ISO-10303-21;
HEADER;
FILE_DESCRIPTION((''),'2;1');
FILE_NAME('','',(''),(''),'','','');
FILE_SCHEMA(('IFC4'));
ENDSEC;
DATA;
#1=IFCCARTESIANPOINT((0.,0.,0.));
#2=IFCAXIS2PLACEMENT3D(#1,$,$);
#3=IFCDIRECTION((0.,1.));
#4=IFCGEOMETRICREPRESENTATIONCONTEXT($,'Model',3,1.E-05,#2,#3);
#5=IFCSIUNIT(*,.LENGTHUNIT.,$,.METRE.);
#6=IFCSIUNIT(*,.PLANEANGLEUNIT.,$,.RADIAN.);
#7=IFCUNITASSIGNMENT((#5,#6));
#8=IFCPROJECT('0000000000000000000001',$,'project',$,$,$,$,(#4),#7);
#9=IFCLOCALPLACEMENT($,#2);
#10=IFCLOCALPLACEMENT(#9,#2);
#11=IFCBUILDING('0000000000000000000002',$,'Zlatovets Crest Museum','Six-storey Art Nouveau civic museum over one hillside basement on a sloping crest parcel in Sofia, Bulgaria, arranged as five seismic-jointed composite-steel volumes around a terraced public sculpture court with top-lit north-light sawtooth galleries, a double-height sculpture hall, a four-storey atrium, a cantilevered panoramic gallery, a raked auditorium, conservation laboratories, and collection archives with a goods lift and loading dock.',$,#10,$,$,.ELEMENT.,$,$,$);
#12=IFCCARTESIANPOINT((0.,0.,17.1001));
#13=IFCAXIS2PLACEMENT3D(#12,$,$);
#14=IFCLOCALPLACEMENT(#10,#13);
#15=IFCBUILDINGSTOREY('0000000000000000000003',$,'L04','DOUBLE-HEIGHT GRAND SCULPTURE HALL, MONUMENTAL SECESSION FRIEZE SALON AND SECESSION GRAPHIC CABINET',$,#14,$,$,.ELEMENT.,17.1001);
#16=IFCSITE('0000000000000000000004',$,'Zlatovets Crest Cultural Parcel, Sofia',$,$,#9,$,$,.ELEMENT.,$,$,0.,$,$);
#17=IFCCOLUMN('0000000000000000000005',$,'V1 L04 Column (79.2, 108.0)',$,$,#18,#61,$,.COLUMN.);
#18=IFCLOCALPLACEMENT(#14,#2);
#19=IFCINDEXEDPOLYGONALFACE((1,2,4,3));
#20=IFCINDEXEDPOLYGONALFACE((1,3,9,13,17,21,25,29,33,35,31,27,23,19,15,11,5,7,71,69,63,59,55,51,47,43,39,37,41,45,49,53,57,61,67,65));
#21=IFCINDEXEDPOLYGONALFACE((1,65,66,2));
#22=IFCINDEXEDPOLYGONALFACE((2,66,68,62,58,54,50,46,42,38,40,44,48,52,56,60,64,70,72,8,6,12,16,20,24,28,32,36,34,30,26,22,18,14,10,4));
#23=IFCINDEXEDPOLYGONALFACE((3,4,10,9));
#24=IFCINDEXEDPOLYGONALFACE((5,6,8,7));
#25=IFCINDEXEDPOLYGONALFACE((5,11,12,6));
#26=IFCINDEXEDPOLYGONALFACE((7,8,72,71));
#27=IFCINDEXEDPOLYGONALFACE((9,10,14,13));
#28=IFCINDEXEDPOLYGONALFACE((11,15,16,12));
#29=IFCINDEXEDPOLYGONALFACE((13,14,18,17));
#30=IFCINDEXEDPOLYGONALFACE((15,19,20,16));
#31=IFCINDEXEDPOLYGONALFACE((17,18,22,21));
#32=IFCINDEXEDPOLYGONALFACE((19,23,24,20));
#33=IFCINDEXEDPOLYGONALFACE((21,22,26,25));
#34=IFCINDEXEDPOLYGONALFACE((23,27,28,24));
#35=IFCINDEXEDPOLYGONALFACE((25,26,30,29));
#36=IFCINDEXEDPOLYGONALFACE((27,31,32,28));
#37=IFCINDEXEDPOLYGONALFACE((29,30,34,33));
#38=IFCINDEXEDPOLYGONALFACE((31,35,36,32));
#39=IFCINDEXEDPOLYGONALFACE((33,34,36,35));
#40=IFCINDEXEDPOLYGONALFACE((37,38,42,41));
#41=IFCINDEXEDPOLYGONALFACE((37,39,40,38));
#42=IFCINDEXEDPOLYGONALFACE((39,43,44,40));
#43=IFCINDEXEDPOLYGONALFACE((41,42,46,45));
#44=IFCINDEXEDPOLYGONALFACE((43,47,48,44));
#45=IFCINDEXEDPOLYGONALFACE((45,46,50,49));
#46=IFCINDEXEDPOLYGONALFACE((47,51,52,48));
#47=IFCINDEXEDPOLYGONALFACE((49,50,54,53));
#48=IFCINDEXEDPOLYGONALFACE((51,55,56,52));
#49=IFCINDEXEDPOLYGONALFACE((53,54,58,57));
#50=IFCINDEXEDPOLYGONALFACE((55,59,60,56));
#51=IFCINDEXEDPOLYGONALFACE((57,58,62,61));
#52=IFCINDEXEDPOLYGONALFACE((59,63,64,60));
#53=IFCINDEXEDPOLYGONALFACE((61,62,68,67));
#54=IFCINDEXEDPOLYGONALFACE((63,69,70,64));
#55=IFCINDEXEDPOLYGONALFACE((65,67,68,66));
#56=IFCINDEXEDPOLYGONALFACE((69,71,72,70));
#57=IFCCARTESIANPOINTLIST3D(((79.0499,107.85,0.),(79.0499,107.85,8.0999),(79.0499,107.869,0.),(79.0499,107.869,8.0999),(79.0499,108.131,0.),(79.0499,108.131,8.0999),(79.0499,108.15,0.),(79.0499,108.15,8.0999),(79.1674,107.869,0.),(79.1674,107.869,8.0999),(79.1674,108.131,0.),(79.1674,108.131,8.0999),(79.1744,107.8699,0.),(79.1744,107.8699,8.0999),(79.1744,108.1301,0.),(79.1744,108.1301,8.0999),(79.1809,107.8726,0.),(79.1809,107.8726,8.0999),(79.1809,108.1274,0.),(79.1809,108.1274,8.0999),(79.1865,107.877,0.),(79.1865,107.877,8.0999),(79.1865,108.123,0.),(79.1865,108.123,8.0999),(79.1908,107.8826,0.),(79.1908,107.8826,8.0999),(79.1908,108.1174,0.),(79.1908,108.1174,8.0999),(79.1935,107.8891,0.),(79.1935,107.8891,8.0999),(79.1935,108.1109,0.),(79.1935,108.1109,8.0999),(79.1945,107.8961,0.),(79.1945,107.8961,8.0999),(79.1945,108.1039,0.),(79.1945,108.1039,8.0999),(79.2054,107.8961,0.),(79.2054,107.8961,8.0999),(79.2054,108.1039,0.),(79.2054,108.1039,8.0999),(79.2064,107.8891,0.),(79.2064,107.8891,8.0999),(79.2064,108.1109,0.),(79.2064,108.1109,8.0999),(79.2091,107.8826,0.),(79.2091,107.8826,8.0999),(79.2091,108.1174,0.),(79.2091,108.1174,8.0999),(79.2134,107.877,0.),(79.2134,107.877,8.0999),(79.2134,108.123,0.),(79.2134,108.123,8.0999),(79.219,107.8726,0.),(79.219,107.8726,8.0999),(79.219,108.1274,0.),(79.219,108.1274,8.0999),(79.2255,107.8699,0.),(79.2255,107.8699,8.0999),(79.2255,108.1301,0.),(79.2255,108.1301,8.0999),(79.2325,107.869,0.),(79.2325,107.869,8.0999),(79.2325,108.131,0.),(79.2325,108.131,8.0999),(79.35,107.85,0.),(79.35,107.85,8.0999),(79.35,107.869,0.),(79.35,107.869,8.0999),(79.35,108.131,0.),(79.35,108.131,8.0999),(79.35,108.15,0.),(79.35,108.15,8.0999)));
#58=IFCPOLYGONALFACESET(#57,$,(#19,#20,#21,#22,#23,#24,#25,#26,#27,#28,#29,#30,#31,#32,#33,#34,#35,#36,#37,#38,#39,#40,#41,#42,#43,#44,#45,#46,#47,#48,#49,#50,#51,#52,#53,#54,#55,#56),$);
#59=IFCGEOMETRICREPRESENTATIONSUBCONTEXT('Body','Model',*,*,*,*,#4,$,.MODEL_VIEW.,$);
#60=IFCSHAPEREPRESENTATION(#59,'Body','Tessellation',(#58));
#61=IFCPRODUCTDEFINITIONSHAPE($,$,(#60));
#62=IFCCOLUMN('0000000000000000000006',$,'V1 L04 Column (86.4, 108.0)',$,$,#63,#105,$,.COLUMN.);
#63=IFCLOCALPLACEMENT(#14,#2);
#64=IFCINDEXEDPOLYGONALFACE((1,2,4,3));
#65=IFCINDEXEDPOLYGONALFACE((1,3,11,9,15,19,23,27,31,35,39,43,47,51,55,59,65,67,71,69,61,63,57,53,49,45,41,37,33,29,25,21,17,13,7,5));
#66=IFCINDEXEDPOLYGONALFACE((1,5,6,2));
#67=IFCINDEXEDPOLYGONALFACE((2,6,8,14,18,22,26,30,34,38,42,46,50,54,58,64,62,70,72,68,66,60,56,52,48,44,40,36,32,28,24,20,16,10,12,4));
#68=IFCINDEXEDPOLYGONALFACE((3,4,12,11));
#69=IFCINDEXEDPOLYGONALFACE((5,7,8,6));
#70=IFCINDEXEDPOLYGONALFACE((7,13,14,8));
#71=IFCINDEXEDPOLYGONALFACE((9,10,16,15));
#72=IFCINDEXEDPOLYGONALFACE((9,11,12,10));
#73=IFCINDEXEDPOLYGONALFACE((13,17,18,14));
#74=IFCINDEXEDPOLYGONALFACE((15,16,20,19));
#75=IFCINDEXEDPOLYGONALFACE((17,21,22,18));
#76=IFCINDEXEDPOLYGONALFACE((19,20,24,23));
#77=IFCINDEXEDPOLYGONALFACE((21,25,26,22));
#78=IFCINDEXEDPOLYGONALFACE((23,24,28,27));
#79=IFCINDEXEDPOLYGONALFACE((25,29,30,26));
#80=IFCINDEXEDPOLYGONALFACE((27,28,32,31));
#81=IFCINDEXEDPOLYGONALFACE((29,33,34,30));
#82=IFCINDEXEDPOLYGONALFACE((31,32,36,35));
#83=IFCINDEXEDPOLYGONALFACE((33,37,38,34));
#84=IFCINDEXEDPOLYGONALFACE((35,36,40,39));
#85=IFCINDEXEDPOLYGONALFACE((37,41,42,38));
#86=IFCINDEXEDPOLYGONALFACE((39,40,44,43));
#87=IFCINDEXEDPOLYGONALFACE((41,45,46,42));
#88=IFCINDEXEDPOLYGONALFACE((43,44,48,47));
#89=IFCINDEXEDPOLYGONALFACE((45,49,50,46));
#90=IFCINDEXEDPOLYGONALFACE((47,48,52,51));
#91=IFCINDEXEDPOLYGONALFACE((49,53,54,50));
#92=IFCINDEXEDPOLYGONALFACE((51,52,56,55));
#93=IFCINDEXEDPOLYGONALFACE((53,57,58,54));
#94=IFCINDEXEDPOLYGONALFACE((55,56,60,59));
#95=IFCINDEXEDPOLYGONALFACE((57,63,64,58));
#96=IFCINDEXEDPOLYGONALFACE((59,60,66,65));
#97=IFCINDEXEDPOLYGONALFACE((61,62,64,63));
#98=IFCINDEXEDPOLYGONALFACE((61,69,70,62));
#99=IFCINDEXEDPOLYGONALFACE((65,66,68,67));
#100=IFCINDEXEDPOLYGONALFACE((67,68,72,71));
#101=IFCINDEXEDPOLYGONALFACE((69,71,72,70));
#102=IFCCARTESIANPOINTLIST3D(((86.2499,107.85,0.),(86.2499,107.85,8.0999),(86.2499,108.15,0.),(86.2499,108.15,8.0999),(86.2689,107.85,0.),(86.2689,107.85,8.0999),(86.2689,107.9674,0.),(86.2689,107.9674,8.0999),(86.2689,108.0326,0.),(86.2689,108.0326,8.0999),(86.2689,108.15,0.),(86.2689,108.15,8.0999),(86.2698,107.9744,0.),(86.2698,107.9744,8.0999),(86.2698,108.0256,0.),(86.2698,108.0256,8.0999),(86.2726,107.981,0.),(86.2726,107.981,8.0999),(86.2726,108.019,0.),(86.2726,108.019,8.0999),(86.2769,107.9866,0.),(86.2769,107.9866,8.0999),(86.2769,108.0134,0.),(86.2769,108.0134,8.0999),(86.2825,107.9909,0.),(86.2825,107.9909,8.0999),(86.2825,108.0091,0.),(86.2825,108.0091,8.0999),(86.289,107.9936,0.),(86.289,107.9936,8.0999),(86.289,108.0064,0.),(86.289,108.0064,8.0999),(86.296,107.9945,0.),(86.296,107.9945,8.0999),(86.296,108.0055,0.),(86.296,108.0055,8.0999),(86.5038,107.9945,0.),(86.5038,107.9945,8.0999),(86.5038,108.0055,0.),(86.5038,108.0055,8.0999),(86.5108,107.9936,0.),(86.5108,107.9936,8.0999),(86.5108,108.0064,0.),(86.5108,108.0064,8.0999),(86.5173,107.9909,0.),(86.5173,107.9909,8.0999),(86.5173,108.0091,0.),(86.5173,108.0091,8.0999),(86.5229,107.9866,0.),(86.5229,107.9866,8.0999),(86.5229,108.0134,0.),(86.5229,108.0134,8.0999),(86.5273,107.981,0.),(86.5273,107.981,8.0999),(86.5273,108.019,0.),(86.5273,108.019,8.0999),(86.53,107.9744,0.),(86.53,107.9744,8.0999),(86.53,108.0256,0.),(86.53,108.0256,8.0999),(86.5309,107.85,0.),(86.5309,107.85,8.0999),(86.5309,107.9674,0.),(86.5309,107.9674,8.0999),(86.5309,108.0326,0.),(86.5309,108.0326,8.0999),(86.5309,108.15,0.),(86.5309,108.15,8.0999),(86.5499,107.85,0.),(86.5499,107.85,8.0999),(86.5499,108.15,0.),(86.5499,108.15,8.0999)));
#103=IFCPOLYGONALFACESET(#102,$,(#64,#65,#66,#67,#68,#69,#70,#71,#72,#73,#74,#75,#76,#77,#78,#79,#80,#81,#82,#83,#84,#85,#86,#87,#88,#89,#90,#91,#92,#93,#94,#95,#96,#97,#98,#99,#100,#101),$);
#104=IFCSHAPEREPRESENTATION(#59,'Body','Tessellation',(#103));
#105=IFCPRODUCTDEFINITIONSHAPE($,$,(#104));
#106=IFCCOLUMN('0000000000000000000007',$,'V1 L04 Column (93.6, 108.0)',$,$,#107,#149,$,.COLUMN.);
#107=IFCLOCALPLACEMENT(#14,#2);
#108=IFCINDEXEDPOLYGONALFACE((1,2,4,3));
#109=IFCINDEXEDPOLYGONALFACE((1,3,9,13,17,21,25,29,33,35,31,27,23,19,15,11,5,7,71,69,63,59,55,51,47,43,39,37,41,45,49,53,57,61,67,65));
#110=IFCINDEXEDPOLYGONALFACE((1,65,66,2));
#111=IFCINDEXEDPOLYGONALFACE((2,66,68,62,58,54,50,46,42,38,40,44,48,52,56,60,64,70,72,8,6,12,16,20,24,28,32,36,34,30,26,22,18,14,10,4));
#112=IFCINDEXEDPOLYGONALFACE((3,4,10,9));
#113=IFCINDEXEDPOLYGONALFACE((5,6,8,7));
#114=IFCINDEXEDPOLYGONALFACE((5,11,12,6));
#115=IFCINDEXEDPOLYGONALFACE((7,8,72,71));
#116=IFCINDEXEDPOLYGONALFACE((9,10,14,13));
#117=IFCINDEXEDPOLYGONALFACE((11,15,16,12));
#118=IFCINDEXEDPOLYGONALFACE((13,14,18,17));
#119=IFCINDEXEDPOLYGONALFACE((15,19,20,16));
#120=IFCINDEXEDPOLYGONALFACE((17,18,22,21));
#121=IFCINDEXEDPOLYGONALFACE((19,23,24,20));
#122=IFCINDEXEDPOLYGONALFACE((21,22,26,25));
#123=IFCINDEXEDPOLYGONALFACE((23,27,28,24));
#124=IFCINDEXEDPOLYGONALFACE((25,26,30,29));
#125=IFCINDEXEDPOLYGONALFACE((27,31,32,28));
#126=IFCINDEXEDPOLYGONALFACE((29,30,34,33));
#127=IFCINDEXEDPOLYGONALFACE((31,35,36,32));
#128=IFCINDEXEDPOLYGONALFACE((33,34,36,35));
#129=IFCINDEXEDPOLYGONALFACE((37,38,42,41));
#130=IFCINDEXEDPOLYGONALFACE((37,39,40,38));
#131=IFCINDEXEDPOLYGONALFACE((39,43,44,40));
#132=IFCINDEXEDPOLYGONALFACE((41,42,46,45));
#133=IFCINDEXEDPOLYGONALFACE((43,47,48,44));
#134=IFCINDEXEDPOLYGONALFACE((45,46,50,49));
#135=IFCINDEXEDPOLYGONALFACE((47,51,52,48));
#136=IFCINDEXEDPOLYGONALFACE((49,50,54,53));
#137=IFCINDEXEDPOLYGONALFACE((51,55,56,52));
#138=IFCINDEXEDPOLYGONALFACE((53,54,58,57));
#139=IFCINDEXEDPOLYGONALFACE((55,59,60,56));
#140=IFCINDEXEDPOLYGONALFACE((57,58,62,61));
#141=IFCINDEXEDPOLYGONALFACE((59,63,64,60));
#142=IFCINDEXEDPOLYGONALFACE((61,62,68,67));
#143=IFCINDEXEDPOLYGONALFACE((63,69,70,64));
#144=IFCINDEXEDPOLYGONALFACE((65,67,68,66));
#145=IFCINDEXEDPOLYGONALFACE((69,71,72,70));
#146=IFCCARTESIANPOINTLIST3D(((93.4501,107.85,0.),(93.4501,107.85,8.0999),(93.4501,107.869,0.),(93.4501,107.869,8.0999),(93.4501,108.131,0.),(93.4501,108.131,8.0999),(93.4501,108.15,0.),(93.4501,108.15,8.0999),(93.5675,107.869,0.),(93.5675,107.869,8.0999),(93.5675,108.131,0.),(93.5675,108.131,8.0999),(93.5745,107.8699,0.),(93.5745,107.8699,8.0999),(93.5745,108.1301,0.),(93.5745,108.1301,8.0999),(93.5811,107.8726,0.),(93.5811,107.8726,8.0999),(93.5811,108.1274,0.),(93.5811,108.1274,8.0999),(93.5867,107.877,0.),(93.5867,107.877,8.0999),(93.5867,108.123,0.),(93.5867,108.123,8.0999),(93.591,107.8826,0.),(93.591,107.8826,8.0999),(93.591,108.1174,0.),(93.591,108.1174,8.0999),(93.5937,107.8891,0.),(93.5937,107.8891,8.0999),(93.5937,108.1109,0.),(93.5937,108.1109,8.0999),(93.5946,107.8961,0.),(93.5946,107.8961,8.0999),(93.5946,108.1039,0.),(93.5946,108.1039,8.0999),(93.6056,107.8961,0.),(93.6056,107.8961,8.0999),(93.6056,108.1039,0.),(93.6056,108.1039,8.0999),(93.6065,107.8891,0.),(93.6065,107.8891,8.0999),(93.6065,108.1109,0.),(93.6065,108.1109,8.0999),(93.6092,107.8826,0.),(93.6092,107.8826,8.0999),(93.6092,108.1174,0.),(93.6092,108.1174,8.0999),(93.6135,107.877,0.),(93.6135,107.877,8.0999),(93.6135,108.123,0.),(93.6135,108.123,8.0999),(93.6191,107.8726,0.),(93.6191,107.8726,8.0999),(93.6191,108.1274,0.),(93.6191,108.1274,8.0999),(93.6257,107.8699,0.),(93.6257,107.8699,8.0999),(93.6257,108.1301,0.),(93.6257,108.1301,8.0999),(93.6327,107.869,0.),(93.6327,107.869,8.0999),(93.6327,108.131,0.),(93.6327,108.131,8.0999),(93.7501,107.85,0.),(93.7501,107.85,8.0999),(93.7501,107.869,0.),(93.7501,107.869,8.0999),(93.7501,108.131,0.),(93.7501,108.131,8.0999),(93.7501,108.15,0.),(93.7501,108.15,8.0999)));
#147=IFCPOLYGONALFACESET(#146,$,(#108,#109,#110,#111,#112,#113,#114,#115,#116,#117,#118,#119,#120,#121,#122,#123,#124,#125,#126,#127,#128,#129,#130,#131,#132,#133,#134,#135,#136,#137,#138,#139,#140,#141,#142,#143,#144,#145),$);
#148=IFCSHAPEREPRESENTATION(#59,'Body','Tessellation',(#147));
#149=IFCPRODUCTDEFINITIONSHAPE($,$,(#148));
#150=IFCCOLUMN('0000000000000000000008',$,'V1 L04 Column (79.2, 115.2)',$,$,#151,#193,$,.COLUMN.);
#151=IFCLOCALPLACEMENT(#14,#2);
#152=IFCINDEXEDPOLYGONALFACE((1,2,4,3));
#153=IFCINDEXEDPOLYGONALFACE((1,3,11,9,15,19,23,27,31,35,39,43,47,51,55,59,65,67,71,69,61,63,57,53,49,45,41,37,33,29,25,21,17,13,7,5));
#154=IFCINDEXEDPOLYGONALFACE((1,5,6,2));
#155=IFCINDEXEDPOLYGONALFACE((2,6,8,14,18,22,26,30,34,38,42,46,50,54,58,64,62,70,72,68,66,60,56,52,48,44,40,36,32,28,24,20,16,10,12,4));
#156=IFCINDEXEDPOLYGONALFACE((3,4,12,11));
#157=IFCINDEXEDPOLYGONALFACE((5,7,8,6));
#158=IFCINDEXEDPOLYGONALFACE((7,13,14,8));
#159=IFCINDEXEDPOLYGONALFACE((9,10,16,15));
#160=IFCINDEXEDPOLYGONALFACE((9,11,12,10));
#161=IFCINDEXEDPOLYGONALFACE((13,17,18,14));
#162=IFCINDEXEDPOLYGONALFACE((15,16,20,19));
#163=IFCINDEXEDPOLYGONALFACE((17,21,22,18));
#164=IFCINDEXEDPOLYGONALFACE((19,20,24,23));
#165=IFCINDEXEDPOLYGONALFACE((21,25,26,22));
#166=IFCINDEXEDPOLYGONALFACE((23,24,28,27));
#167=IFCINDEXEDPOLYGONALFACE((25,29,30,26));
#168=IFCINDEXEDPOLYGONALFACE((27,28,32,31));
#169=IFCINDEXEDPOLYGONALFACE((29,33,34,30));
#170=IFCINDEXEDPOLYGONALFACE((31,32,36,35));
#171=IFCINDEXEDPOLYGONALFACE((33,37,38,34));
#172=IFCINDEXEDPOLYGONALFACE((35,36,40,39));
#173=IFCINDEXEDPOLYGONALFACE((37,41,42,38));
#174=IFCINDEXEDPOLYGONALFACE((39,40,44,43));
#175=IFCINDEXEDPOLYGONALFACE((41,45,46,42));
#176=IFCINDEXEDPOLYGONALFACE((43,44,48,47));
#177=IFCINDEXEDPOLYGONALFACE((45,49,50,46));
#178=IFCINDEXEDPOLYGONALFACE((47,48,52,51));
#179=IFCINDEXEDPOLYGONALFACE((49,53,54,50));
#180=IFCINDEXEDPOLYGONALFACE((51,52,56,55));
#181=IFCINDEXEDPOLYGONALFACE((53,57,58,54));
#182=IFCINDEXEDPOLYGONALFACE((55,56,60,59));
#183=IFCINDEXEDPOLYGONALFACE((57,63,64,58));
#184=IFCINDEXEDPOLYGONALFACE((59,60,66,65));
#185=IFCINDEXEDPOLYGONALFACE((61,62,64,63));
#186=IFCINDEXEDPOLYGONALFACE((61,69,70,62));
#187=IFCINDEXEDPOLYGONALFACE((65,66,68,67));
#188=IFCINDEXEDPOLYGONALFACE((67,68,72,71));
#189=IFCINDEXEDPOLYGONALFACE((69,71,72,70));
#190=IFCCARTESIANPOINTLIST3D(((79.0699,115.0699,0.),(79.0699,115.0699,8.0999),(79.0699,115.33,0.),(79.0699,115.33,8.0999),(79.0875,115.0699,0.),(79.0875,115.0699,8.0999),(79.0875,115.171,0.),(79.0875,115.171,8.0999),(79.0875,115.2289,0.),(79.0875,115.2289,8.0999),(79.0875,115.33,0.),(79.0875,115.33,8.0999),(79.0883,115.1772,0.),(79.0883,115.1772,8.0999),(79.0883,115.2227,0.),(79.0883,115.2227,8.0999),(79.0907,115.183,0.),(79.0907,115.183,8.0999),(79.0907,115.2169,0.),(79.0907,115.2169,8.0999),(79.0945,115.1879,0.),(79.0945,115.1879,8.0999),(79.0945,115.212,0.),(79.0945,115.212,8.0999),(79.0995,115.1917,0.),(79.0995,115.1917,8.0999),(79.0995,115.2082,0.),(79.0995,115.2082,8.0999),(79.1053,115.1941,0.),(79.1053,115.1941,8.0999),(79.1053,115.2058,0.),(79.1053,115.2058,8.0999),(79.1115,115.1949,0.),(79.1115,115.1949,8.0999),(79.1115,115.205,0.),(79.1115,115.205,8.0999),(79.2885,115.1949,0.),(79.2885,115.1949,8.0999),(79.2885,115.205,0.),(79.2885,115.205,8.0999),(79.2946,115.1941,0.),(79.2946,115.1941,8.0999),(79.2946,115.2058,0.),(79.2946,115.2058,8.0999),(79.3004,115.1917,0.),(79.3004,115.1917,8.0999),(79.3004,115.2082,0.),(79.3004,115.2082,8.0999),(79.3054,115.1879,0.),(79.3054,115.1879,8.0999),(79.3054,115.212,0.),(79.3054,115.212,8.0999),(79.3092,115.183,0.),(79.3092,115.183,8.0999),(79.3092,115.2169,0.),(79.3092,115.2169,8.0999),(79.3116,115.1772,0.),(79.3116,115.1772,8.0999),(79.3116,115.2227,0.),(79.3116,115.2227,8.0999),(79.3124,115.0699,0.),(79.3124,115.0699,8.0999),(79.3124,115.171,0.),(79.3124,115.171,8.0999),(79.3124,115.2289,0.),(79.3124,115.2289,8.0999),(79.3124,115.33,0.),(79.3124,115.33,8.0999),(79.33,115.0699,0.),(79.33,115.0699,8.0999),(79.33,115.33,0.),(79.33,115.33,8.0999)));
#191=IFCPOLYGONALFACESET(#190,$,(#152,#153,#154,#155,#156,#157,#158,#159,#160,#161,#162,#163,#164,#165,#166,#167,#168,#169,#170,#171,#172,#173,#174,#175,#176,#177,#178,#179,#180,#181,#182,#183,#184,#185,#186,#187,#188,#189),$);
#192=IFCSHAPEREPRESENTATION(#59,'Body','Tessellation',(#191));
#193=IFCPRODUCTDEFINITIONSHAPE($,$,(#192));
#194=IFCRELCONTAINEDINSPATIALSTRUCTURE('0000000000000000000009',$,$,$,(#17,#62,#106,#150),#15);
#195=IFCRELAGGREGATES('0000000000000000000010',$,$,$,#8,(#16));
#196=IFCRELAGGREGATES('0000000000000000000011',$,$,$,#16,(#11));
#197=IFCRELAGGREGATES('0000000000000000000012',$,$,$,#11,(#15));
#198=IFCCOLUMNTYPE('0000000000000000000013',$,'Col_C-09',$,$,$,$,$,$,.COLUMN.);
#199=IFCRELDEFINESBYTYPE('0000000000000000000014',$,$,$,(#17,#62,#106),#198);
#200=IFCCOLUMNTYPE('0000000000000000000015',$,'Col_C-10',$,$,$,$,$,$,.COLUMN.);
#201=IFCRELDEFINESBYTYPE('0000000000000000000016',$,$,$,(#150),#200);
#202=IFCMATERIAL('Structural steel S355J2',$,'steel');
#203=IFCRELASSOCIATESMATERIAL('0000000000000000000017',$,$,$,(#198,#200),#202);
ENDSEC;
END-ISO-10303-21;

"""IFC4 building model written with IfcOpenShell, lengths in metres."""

from ifc_helpers import new_model, si_unit, direction, frame, origin, origin_2d, place, context, subcontext, project, spatial, i_section, extrude, material, material_profile, profile_set, type_object, element, save


model = new_model("IFC4")

# Units and contexts
model_context = context("Model", 3, precision=1e-05, world=origin(), true_north=direction((0.0, 1.0)))
body_context = subcontext(model_context, "Body", "Model", "MODEL_VIEW")
ifc_project = project(units=[si_unit("LENGTHUNIT", "METRE"), si_unit("PLANEANGLEUNIT", "RADIAN")], contexts=[model_context])

# Site, building, storey
site_placement = place(None, origin())
site = spatial("IfcSite", under=ifc_project, at=site_placement, Name="Zlatovets Crest Cultural Parcel, Sofia", CompositionType="ELEMENT", RefElevation=0.0)
building_placement = place(site_placement, origin())
building = spatial("IfcBuilding", under=site, at=building_placement, Name="Zlatovets Crest Museum", Description="Six-storey Art Nouveau civic museum over one hillside basement on a sloping crest parcel in Sofia, Bulgaria, arranged as five seismic-jointed composite-steel volumes around a terraced public sculpture court with top-lit north-light sawtooth galleries, a double-height sculpture hall, a four-storey atrium, a cantilevered panoramic gallery, a raked auditorium, conservation laboratories, and collection archives with a goods lift and loading dock.", CompositionType="ELEMENT")
storey_placement = place(building_placement, frame((0.0, 0.0, 17.1001)))
storey = spatial("IfcBuildingStorey", under=building, at=storey_placement, Name="L04", Description="DOUBLE-HEIGHT GRAND SCULPTURE HALL, MONUMENTAL SECESSION FRIEZE SALON AND SECESSION GRAPHIC CABINET", CompositionType="ELEMENT", Elevation=17.1001)

# Columns
ifc_material_1 = material(Name="Structural steel S355J2", Category="steel")
ifc_material_profile_1 = material_profile(ifc_material_1, i_section(OverallWidth=0.3, OverallDepth=0.3, WebThickness=0.011, FlangeThickness=0.019, FilletRadius=0.0271, at=origin_2d()), Name="HEB 300")
ifc_profile_set_1 = profile_set([ifc_material_profile_1], Name="Structural steel S355J2")
column_type_1 = type_object("IfcColumnType", Name="Col_C-09", PredefinedType="COLUMN", material=ifc_profile_set_1)
for number, where, z_axis, x_axis, name in (
    (1, (79.2, 108.0, 0.0), (0.0, 0.0, 1.0), (1.0, 0.0, 0.0), "V1 L04 Column (79.2, 108.0)"),
    (2, (86.3999, 108.0, 0.0), (0.0, 0.0, 1.0), (0.0, 1.0, 0.0), "V1 L04 Column (86.4, 108.0)"),
    (3, (93.6001, 108.0, 0.0), (0.0, 0.0, 1.0), (1.0, 0.0, 0.0), "V1 L04 Column (93.6, 108.0)"),
):
    element("IfcColumn", number, at=place(storey_placement, frame(where, z_axis=z_axis, x_axis=x_axis)), inside=storey, type_object=column_type_1, Name=name, PredefinedType="COLUMN", context=body_context, shape_type="SweptSolid", body=[
        extrude(i_section(OverallWidth=0.3, OverallDepth=0.3, WebThickness=0.011, FlangeThickness=0.019, FilletRadius=0.0271, at=origin_2d()), origin(), (0.0, 0.0, 1.0), 8.0999),
    ])
ifc_material_profile_2 = material_profile(ifc_material_1, i_section(OverallWidth=0.26, OverallDepth=0.26, WebThickness=0.01, FlangeThickness=0.0176, FilletRadius=0.0239, at=origin_2d()), Name="HEB 260")
ifc_profile_set_2 = profile_set([ifc_material_profile_2], Name="Structural steel S355J2")
column_type_2 = type_object("IfcColumnType", Name="Col_C-10", PredefinedType="COLUMN", material=ifc_profile_set_2)
for number, where, z_axis, x_axis, name in (
    (4, (79.2, 115.2, 0.0), (0.0, 0.0, 1.0), (0.0, 1.0, 0.0), "V1 L04 Column (79.2, 115.2)"),
):
    element("IfcColumn", number, at=place(storey_placement, frame(where, z_axis=z_axis, x_axis=x_axis)), inside=storey, type_object=column_type_2, Name=name, PredefinedType="COLUMN", context=body_context, shape_type="SweptSolid", body=[
        extrude(i_section(OverallWidth=0.26, OverallDepth=0.26, WebThickness=0.01, FlangeThickness=0.0176, FilletRadius=0.0239, at=origin_2d()), origin(), (0.0, 0.0, 1.0), 8.0999),
    ])

save(model, "model.ifc")
